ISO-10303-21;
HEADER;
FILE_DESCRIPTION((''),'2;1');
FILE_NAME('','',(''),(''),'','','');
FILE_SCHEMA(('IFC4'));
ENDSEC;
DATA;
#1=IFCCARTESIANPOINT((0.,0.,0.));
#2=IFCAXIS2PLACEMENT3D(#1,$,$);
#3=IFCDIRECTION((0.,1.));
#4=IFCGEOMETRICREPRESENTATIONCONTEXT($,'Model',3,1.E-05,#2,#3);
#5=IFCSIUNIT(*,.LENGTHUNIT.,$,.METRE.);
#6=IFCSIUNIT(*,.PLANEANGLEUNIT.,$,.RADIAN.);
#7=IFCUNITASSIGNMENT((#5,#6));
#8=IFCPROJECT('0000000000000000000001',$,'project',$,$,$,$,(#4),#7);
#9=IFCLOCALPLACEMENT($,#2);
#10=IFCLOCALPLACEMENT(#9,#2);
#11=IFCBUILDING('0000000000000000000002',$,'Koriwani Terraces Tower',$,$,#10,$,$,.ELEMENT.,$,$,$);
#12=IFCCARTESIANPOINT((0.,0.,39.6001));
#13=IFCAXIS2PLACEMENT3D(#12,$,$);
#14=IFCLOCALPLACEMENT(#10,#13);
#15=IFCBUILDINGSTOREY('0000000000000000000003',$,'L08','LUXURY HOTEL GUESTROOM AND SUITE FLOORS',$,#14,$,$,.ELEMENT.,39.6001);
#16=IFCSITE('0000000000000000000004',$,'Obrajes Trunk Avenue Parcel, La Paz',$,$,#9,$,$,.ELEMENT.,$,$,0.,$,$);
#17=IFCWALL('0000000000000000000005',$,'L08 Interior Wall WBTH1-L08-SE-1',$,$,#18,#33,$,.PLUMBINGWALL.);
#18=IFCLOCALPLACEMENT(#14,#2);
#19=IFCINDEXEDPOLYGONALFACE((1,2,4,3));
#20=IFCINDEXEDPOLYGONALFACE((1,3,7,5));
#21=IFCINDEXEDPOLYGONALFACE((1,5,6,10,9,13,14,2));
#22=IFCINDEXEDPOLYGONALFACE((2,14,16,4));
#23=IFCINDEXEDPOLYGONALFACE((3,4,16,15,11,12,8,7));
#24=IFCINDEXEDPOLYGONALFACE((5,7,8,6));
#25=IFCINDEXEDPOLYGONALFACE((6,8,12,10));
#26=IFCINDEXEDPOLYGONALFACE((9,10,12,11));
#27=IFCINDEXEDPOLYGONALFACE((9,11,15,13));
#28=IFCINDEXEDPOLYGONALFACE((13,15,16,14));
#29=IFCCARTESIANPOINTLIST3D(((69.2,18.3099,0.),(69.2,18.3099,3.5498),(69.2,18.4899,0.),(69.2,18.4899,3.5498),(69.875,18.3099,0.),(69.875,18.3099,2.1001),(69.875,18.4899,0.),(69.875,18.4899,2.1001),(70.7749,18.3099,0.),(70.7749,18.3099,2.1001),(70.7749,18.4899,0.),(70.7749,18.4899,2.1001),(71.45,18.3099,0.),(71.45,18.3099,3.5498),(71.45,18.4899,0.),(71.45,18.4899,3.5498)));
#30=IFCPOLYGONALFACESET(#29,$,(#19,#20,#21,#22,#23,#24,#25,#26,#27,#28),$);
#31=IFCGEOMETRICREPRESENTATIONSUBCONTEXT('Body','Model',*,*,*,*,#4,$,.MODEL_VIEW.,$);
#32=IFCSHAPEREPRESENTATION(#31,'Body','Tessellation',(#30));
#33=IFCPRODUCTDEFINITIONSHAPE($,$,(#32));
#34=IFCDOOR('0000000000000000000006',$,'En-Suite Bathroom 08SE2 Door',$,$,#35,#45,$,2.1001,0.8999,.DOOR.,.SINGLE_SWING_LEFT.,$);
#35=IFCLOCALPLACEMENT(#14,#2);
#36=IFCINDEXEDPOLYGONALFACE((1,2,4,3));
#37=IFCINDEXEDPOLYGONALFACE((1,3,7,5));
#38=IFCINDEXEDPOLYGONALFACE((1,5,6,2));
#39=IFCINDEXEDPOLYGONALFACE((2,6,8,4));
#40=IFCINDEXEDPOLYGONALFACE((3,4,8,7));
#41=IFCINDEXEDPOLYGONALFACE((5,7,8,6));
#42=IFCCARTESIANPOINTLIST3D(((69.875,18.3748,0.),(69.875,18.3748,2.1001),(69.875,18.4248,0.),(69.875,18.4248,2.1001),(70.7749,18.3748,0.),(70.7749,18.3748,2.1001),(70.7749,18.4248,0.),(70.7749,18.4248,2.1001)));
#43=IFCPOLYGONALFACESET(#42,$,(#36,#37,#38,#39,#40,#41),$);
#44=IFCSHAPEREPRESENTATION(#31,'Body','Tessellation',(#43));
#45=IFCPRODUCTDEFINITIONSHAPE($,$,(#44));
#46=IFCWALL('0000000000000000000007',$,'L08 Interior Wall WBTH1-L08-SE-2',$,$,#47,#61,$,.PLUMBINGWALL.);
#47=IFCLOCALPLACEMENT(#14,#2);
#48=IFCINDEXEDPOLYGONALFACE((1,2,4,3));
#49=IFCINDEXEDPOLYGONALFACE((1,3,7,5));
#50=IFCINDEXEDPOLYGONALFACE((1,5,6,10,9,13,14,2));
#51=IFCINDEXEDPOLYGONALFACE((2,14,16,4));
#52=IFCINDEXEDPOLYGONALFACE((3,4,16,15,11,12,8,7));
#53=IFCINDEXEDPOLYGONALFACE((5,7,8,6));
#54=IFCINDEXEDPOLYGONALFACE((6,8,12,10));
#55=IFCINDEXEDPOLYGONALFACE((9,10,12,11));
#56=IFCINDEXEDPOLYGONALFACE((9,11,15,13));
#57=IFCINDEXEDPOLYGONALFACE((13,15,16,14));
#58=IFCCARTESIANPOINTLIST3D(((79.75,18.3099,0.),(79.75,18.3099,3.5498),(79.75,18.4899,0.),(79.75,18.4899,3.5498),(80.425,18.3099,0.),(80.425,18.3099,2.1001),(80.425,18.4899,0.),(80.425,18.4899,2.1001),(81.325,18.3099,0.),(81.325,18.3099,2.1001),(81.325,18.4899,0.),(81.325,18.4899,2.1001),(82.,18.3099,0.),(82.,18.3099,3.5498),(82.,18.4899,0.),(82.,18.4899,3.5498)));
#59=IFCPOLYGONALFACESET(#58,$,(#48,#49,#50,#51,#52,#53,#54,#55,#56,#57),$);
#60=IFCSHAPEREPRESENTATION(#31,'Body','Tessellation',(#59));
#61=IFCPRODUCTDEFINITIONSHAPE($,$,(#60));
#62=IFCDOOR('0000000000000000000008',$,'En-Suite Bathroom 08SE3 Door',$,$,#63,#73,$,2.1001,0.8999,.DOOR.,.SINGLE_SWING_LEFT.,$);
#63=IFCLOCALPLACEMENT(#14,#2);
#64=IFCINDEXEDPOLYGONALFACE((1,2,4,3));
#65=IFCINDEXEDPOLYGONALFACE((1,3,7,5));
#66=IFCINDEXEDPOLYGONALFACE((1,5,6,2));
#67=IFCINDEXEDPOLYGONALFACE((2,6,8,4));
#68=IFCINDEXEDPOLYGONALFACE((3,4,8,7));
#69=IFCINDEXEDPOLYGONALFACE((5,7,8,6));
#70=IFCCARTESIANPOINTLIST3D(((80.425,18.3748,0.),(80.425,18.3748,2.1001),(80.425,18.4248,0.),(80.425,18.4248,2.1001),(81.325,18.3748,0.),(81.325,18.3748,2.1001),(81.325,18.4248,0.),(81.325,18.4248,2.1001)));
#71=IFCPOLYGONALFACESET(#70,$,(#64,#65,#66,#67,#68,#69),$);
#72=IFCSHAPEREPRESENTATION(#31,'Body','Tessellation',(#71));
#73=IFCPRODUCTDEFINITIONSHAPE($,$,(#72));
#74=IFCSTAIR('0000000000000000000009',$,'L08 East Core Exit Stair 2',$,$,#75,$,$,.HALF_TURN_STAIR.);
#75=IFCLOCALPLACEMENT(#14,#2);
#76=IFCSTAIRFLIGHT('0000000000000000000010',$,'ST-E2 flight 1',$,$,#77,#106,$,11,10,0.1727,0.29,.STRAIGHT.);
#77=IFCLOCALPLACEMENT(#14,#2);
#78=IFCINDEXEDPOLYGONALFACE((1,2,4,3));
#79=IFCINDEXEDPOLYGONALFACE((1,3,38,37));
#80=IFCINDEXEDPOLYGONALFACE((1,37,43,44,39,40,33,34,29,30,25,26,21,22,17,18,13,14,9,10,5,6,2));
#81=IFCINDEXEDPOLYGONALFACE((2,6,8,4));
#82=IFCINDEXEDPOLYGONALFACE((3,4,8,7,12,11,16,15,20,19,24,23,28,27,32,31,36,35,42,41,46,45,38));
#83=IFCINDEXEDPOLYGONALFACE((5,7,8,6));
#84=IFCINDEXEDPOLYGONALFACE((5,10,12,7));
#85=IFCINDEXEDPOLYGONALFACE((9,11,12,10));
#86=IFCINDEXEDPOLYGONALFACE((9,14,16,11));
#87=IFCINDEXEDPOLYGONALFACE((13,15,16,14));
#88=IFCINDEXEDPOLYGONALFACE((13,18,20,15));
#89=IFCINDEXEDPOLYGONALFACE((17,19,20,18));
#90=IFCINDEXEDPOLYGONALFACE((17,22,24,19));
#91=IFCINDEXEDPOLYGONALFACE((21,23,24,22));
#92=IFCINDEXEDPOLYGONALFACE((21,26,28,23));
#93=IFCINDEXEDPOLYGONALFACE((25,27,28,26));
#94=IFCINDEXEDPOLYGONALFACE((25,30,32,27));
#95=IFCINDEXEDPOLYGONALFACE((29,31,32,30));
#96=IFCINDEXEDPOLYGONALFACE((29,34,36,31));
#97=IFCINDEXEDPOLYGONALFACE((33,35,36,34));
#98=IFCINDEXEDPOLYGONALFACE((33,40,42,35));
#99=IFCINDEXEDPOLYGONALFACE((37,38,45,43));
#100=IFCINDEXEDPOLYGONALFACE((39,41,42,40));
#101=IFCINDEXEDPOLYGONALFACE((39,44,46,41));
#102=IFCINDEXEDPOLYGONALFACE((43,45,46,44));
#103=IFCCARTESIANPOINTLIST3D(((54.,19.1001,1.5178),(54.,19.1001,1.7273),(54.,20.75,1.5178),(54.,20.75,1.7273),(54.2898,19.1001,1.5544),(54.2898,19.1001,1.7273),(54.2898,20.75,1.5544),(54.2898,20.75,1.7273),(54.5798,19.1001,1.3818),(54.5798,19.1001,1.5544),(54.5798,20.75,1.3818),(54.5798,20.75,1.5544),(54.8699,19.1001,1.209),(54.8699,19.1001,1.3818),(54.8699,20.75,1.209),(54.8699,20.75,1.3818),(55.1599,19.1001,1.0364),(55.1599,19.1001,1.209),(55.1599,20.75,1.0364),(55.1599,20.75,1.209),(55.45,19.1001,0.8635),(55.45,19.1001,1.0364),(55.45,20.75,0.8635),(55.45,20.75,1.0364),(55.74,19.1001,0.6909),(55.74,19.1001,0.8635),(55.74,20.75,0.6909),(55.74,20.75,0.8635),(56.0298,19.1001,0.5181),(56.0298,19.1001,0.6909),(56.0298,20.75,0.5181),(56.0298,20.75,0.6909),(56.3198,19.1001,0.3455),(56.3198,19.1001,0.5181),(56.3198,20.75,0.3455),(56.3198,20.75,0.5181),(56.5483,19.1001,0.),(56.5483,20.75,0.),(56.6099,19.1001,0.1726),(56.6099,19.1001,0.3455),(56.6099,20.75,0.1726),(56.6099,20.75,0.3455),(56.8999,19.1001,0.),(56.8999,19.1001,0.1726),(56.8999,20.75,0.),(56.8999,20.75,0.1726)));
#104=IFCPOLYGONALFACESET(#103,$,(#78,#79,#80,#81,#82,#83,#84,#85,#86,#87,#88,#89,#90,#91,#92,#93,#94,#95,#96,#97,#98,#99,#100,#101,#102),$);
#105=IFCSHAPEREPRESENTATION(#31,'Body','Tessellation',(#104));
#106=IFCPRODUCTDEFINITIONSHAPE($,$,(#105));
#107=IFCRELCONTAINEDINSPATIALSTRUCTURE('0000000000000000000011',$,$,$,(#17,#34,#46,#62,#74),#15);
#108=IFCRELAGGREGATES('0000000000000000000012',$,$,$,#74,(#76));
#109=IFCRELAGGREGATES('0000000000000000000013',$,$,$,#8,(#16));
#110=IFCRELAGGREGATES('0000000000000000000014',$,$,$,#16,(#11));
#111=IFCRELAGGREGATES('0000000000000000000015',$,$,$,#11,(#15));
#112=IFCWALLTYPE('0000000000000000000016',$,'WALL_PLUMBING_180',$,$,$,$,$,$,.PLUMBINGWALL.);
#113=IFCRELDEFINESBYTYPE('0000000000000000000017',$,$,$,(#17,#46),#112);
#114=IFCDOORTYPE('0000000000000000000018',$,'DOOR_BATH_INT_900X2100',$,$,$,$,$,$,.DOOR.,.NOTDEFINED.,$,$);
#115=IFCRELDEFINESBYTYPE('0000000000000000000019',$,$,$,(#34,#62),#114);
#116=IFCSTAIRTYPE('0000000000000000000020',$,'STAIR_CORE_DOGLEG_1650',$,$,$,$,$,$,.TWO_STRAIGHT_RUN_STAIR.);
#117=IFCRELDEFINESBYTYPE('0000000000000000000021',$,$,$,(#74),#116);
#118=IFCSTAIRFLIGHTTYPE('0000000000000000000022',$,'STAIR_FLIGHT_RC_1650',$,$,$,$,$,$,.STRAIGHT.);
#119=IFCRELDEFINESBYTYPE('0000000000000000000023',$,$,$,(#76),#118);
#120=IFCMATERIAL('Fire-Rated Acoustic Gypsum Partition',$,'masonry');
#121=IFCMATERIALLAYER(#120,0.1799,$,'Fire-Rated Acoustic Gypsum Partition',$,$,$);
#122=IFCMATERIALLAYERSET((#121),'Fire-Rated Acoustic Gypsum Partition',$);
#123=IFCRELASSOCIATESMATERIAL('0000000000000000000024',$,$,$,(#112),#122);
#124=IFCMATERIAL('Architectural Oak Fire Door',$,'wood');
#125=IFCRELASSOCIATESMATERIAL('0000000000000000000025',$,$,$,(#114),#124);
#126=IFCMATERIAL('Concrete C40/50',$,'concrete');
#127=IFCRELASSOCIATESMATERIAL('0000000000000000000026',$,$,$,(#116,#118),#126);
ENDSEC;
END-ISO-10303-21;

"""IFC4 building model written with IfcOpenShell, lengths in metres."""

from ifc_helpers import new_model, si_unit, direction, frame, frame_2d, origin, place, context, subcontext, project, spatial, polyline, rectangle, outline, extrude, material, layer, layer_set, type_object, element, fill, aggregate, save


model = new_model("IFC4")

# Units and contexts
model_context = context("Model", 3, precision=1e-05, world=origin(), true_north=direction((0.0, 1.0)))
body_context = subcontext(model_context, "Body", "Model", "MODEL_VIEW")
ifc_project = project(units=[si_unit("LENGTHUNIT", "METRE"), si_unit("PLANEANGLEUNIT", "RADIAN")], contexts=[model_context])

# Site, building, storey
site_placement = place(None, origin())
site = spatial("IfcSite", under=ifc_project, at=site_placement, Name="Obrajes Trunk Avenue Parcel, La Paz", CompositionType="ELEMENT", RefElevation=0.0)
building_placement = place(site_placement, origin())
building = spatial("IfcBuilding", under=site, at=building_placement, Name="Koriwani Terraces Tower", CompositionType="ELEMENT")
storey_placement = place(building_placement, frame((0.0, 0.0, 39.6001)))
storey = spatial("IfcBuildingStorey", under=building, at=storey_placement, Name="L08", Description="LUXURY HOTEL GUESTROOM AND SUITE FLOORS", CompositionType="ELEMENT", Elevation=39.6001)

# Shared definitions
ifc_material_1 = material(Name="Concrete C40/50", Category="concrete")

# Walls, openings, doors
ifc_material_2 = material(Name="Fire-Rated Acoustic Gypsum Partition", Category="masonry")
ifc_layer_1 = layer(ifc_material_2, 0.1799, Name="Fire-Rated Acoustic Gypsum Partition")
ifc_layer_set_1 = layer_set([ifc_layer_1], Name="Fire-Rated Acoustic Gypsum Partition")
wall_type_1 = type_object("IfcWallType", Name="WALL_PLUMBING_180", PredefinedType="PLUMBINGWALL", material=ifc_layer_set_1)
ifc_material_3 = material(Name="Architectural Oak Fire Door", Category="wood")
door_type_1 = type_object("IfcDoorType", Name="DOOR_BATH_INT_900X2100", OperationType="NOTDEFINED", PredefinedType="DOOR", material=ifc_material_3)
wall_1_placement = place(storey_placement, frame((69.2, 18.3999, 0.0), z_axis=(0.0, 0.0, 1.0), x_axis=(1.0, 0.0, 0.0)))
wall_1 = element("IfcWall", 1, at=wall_1_placement, inside=storey, type_object=wall_type_1, Name="L08 Interior Wall WBTH1-L08-SE-1", PredefinedType="PLUMBINGWALL", context=body_context, shape_type="SweptSolid", body=[
    extrude(rectangle(XDim=2.25, YDim=0.1799, at=frame_2d((1.125, 0.0))), origin(), (0.0, 0.0, 1.0), 3.5498),
])
opening_1_placement = place(wall_1_placement, frame((0.675, 0.0, 0.0)))
opening_1 = element("IfcOpeningElement", 2, at=opening_1_placement, cuts=wall_1, PredefinedType="OPENING", context=body_context, shape_type="SweptSolid", body=[
    extrude(rectangle(XDim=0.8999, YDim=2.1001, at=frame_2d((0.45, 1.05))), frame((0.0, 0.1001, 0.0), z_axis=(0.0, -1.0, 0.0), x_axis=(1.0, 0.0, 0.0)), (0.0, 0.0, 1.0), 0.2),
])
door_1_placement = place(opening_1_placement, origin())
door_1 = element("IfcDoor", 3, at=door_1_placement, inside=storey, type_object=door_type_1, Name="En-Suite Bathroom 08SE2 Door", OperationType="SINGLE_SWING_LEFT", OverallHeight=2.1001, OverallWidth=0.8999, PredefinedType="DOOR", context=body_context, shape_type="SweptSolid", body=[
    extrude(rectangle(XDim=0.8999, YDim=2.1001, at=frame_2d((0.45, 1.05))), frame((0.0, 0.0249, 0.0), z_axis=(0.0, -1.0, 0.0), x_axis=(1.0, 0.0, 0.0)), (0.0, 0.0, 1.0), 0.05),
])
fill(opening_1, door_1)
wall_2_placement = place(storey_placement, frame((79.75, 18.3999, 0.0), z_axis=(0.0, 0.0, 1.0), x_axis=(1.0, 0.0, 0.0)))
wall_2 = element("IfcWall", 4, at=wall_2_placement, inside=storey, type_object=wall_type_1, Name="L08 Interior Wall WBTH1-L08-SE-2", PredefinedType="PLUMBINGWALL", context=body_context, shape_type="SweptSolid", body=[
    extrude(rectangle(XDim=2.25, YDim=0.1799, at=frame_2d((1.125, 0.0))), origin(), (0.0, 0.0, 1.0), 3.5498),
])
opening_2_placement = place(wall_2_placement, frame((0.675, 0.0, 0.0)))
opening_2 = element("IfcOpeningElement", 5, at=opening_2_placement, cuts=wall_2, PredefinedType="OPENING", context=body_context, shape_type="SweptSolid", body=[
    extrude(rectangle(XDim=0.8999, YDim=2.1001, at=frame_2d((0.45, 1.05))), frame((0.0, 0.1001, 0.0), z_axis=(0.0, -1.0, 0.0), x_axis=(1.0, 0.0, 0.0)), (0.0, 0.0, 1.0), 0.2),
])
door_2_placement = place(opening_2_placement, origin())
door_2 = element("IfcDoor", 6, at=door_2_placement, inside=storey, type_object=door_type_1, Name="En-Suite Bathroom 08SE3 Door", OperationType="SINGLE_SWING_LEFT", OverallHeight=2.1001, OverallWidth=0.8999, PredefinedType="DOOR", context=body_context, shape_type="SweptSolid", body=[
    extrude(rectangle(XDim=0.8999, YDim=2.1001, at=frame_2d((0.45, 1.05))), frame((0.0, 0.0249, 0.0), z_axis=(0.0, -1.0, 0.0), x_axis=(1.0, 0.0, 0.0)), (0.0, 0.0, 1.0), 0.05),
])
fill(opening_2, door_2)

# Stair, stair flight
stair_type = type_object("IfcStairType", Name="STAIR_CORE_DOGLEG_1650", PredefinedType="TWO_STRAIGHT_RUN_STAIR", material=ifc_material_1)
stair_placement = place(storey_placement, origin())
stair = element("IfcStair", 7, at=stair_placement, inside=storey, type_object=stair_type, Name="L08 East Core Exit Stair 2", PredefinedType="HALF_TURN_STAIR")
stair_flight_type = type_object("IfcStairFlightType", Name="STAIR_FLIGHT_RC_1650", PredefinedType="STRAIGHT", material=ifc_material_1)
stair_flight_placement = place(storey_placement, frame((56.8999, 19.925, 0.0), z_axis=(0.0, 0.0, 1.0), x_axis=(-1.0, 0.0, 0.0)))
stair_flight = element("IfcStairFlight", 8, at=stair_flight_placement, type_object=stair_flight_type, Name="ST-E2 flight 1", NumberOfRisers=11, NumberOfTreads=10, PredefinedType="STRAIGHT", RiserHeight=0.1727, TreadLength=0.29, context=body_context, shape_type="SweptSolid", body=[
    extrude(outline(polyline([(0.0, 0.0), (0.0, 0.1726), (0.29, 0.1726), (0.29, 0.3455), (0.5801, 0.3455), (0.5801, 0.5181), (0.8701, 0.5181), (0.8701, 0.6909), (1.1599, 0.6909), (1.1599, 0.8635), (1.45, 0.8635), (1.45, 1.0364), (1.74, 1.0364), (1.74, 1.209), (2.03, 1.209), (2.03, 1.3818), (2.3201, 1.3818), (2.3201, 1.5544), (2.6101, 1.5544), (2.6101, 1.7273), (2.8999, 1.7273), (2.8999, 1.8999), (2.8999, 1.5178), (0.3516, 0.0), (0.0, 0.0)])), frame((0.0, 0.825, 0.0), z_axis=(0.0, -1.0, 0.0), x_axis=(1.0, 0.0, 0.0)), (0.0, 0.0, 1.0), 1.6499),
])
aggregate(stair, [stair_flight])

save(model, "model.ifc")
